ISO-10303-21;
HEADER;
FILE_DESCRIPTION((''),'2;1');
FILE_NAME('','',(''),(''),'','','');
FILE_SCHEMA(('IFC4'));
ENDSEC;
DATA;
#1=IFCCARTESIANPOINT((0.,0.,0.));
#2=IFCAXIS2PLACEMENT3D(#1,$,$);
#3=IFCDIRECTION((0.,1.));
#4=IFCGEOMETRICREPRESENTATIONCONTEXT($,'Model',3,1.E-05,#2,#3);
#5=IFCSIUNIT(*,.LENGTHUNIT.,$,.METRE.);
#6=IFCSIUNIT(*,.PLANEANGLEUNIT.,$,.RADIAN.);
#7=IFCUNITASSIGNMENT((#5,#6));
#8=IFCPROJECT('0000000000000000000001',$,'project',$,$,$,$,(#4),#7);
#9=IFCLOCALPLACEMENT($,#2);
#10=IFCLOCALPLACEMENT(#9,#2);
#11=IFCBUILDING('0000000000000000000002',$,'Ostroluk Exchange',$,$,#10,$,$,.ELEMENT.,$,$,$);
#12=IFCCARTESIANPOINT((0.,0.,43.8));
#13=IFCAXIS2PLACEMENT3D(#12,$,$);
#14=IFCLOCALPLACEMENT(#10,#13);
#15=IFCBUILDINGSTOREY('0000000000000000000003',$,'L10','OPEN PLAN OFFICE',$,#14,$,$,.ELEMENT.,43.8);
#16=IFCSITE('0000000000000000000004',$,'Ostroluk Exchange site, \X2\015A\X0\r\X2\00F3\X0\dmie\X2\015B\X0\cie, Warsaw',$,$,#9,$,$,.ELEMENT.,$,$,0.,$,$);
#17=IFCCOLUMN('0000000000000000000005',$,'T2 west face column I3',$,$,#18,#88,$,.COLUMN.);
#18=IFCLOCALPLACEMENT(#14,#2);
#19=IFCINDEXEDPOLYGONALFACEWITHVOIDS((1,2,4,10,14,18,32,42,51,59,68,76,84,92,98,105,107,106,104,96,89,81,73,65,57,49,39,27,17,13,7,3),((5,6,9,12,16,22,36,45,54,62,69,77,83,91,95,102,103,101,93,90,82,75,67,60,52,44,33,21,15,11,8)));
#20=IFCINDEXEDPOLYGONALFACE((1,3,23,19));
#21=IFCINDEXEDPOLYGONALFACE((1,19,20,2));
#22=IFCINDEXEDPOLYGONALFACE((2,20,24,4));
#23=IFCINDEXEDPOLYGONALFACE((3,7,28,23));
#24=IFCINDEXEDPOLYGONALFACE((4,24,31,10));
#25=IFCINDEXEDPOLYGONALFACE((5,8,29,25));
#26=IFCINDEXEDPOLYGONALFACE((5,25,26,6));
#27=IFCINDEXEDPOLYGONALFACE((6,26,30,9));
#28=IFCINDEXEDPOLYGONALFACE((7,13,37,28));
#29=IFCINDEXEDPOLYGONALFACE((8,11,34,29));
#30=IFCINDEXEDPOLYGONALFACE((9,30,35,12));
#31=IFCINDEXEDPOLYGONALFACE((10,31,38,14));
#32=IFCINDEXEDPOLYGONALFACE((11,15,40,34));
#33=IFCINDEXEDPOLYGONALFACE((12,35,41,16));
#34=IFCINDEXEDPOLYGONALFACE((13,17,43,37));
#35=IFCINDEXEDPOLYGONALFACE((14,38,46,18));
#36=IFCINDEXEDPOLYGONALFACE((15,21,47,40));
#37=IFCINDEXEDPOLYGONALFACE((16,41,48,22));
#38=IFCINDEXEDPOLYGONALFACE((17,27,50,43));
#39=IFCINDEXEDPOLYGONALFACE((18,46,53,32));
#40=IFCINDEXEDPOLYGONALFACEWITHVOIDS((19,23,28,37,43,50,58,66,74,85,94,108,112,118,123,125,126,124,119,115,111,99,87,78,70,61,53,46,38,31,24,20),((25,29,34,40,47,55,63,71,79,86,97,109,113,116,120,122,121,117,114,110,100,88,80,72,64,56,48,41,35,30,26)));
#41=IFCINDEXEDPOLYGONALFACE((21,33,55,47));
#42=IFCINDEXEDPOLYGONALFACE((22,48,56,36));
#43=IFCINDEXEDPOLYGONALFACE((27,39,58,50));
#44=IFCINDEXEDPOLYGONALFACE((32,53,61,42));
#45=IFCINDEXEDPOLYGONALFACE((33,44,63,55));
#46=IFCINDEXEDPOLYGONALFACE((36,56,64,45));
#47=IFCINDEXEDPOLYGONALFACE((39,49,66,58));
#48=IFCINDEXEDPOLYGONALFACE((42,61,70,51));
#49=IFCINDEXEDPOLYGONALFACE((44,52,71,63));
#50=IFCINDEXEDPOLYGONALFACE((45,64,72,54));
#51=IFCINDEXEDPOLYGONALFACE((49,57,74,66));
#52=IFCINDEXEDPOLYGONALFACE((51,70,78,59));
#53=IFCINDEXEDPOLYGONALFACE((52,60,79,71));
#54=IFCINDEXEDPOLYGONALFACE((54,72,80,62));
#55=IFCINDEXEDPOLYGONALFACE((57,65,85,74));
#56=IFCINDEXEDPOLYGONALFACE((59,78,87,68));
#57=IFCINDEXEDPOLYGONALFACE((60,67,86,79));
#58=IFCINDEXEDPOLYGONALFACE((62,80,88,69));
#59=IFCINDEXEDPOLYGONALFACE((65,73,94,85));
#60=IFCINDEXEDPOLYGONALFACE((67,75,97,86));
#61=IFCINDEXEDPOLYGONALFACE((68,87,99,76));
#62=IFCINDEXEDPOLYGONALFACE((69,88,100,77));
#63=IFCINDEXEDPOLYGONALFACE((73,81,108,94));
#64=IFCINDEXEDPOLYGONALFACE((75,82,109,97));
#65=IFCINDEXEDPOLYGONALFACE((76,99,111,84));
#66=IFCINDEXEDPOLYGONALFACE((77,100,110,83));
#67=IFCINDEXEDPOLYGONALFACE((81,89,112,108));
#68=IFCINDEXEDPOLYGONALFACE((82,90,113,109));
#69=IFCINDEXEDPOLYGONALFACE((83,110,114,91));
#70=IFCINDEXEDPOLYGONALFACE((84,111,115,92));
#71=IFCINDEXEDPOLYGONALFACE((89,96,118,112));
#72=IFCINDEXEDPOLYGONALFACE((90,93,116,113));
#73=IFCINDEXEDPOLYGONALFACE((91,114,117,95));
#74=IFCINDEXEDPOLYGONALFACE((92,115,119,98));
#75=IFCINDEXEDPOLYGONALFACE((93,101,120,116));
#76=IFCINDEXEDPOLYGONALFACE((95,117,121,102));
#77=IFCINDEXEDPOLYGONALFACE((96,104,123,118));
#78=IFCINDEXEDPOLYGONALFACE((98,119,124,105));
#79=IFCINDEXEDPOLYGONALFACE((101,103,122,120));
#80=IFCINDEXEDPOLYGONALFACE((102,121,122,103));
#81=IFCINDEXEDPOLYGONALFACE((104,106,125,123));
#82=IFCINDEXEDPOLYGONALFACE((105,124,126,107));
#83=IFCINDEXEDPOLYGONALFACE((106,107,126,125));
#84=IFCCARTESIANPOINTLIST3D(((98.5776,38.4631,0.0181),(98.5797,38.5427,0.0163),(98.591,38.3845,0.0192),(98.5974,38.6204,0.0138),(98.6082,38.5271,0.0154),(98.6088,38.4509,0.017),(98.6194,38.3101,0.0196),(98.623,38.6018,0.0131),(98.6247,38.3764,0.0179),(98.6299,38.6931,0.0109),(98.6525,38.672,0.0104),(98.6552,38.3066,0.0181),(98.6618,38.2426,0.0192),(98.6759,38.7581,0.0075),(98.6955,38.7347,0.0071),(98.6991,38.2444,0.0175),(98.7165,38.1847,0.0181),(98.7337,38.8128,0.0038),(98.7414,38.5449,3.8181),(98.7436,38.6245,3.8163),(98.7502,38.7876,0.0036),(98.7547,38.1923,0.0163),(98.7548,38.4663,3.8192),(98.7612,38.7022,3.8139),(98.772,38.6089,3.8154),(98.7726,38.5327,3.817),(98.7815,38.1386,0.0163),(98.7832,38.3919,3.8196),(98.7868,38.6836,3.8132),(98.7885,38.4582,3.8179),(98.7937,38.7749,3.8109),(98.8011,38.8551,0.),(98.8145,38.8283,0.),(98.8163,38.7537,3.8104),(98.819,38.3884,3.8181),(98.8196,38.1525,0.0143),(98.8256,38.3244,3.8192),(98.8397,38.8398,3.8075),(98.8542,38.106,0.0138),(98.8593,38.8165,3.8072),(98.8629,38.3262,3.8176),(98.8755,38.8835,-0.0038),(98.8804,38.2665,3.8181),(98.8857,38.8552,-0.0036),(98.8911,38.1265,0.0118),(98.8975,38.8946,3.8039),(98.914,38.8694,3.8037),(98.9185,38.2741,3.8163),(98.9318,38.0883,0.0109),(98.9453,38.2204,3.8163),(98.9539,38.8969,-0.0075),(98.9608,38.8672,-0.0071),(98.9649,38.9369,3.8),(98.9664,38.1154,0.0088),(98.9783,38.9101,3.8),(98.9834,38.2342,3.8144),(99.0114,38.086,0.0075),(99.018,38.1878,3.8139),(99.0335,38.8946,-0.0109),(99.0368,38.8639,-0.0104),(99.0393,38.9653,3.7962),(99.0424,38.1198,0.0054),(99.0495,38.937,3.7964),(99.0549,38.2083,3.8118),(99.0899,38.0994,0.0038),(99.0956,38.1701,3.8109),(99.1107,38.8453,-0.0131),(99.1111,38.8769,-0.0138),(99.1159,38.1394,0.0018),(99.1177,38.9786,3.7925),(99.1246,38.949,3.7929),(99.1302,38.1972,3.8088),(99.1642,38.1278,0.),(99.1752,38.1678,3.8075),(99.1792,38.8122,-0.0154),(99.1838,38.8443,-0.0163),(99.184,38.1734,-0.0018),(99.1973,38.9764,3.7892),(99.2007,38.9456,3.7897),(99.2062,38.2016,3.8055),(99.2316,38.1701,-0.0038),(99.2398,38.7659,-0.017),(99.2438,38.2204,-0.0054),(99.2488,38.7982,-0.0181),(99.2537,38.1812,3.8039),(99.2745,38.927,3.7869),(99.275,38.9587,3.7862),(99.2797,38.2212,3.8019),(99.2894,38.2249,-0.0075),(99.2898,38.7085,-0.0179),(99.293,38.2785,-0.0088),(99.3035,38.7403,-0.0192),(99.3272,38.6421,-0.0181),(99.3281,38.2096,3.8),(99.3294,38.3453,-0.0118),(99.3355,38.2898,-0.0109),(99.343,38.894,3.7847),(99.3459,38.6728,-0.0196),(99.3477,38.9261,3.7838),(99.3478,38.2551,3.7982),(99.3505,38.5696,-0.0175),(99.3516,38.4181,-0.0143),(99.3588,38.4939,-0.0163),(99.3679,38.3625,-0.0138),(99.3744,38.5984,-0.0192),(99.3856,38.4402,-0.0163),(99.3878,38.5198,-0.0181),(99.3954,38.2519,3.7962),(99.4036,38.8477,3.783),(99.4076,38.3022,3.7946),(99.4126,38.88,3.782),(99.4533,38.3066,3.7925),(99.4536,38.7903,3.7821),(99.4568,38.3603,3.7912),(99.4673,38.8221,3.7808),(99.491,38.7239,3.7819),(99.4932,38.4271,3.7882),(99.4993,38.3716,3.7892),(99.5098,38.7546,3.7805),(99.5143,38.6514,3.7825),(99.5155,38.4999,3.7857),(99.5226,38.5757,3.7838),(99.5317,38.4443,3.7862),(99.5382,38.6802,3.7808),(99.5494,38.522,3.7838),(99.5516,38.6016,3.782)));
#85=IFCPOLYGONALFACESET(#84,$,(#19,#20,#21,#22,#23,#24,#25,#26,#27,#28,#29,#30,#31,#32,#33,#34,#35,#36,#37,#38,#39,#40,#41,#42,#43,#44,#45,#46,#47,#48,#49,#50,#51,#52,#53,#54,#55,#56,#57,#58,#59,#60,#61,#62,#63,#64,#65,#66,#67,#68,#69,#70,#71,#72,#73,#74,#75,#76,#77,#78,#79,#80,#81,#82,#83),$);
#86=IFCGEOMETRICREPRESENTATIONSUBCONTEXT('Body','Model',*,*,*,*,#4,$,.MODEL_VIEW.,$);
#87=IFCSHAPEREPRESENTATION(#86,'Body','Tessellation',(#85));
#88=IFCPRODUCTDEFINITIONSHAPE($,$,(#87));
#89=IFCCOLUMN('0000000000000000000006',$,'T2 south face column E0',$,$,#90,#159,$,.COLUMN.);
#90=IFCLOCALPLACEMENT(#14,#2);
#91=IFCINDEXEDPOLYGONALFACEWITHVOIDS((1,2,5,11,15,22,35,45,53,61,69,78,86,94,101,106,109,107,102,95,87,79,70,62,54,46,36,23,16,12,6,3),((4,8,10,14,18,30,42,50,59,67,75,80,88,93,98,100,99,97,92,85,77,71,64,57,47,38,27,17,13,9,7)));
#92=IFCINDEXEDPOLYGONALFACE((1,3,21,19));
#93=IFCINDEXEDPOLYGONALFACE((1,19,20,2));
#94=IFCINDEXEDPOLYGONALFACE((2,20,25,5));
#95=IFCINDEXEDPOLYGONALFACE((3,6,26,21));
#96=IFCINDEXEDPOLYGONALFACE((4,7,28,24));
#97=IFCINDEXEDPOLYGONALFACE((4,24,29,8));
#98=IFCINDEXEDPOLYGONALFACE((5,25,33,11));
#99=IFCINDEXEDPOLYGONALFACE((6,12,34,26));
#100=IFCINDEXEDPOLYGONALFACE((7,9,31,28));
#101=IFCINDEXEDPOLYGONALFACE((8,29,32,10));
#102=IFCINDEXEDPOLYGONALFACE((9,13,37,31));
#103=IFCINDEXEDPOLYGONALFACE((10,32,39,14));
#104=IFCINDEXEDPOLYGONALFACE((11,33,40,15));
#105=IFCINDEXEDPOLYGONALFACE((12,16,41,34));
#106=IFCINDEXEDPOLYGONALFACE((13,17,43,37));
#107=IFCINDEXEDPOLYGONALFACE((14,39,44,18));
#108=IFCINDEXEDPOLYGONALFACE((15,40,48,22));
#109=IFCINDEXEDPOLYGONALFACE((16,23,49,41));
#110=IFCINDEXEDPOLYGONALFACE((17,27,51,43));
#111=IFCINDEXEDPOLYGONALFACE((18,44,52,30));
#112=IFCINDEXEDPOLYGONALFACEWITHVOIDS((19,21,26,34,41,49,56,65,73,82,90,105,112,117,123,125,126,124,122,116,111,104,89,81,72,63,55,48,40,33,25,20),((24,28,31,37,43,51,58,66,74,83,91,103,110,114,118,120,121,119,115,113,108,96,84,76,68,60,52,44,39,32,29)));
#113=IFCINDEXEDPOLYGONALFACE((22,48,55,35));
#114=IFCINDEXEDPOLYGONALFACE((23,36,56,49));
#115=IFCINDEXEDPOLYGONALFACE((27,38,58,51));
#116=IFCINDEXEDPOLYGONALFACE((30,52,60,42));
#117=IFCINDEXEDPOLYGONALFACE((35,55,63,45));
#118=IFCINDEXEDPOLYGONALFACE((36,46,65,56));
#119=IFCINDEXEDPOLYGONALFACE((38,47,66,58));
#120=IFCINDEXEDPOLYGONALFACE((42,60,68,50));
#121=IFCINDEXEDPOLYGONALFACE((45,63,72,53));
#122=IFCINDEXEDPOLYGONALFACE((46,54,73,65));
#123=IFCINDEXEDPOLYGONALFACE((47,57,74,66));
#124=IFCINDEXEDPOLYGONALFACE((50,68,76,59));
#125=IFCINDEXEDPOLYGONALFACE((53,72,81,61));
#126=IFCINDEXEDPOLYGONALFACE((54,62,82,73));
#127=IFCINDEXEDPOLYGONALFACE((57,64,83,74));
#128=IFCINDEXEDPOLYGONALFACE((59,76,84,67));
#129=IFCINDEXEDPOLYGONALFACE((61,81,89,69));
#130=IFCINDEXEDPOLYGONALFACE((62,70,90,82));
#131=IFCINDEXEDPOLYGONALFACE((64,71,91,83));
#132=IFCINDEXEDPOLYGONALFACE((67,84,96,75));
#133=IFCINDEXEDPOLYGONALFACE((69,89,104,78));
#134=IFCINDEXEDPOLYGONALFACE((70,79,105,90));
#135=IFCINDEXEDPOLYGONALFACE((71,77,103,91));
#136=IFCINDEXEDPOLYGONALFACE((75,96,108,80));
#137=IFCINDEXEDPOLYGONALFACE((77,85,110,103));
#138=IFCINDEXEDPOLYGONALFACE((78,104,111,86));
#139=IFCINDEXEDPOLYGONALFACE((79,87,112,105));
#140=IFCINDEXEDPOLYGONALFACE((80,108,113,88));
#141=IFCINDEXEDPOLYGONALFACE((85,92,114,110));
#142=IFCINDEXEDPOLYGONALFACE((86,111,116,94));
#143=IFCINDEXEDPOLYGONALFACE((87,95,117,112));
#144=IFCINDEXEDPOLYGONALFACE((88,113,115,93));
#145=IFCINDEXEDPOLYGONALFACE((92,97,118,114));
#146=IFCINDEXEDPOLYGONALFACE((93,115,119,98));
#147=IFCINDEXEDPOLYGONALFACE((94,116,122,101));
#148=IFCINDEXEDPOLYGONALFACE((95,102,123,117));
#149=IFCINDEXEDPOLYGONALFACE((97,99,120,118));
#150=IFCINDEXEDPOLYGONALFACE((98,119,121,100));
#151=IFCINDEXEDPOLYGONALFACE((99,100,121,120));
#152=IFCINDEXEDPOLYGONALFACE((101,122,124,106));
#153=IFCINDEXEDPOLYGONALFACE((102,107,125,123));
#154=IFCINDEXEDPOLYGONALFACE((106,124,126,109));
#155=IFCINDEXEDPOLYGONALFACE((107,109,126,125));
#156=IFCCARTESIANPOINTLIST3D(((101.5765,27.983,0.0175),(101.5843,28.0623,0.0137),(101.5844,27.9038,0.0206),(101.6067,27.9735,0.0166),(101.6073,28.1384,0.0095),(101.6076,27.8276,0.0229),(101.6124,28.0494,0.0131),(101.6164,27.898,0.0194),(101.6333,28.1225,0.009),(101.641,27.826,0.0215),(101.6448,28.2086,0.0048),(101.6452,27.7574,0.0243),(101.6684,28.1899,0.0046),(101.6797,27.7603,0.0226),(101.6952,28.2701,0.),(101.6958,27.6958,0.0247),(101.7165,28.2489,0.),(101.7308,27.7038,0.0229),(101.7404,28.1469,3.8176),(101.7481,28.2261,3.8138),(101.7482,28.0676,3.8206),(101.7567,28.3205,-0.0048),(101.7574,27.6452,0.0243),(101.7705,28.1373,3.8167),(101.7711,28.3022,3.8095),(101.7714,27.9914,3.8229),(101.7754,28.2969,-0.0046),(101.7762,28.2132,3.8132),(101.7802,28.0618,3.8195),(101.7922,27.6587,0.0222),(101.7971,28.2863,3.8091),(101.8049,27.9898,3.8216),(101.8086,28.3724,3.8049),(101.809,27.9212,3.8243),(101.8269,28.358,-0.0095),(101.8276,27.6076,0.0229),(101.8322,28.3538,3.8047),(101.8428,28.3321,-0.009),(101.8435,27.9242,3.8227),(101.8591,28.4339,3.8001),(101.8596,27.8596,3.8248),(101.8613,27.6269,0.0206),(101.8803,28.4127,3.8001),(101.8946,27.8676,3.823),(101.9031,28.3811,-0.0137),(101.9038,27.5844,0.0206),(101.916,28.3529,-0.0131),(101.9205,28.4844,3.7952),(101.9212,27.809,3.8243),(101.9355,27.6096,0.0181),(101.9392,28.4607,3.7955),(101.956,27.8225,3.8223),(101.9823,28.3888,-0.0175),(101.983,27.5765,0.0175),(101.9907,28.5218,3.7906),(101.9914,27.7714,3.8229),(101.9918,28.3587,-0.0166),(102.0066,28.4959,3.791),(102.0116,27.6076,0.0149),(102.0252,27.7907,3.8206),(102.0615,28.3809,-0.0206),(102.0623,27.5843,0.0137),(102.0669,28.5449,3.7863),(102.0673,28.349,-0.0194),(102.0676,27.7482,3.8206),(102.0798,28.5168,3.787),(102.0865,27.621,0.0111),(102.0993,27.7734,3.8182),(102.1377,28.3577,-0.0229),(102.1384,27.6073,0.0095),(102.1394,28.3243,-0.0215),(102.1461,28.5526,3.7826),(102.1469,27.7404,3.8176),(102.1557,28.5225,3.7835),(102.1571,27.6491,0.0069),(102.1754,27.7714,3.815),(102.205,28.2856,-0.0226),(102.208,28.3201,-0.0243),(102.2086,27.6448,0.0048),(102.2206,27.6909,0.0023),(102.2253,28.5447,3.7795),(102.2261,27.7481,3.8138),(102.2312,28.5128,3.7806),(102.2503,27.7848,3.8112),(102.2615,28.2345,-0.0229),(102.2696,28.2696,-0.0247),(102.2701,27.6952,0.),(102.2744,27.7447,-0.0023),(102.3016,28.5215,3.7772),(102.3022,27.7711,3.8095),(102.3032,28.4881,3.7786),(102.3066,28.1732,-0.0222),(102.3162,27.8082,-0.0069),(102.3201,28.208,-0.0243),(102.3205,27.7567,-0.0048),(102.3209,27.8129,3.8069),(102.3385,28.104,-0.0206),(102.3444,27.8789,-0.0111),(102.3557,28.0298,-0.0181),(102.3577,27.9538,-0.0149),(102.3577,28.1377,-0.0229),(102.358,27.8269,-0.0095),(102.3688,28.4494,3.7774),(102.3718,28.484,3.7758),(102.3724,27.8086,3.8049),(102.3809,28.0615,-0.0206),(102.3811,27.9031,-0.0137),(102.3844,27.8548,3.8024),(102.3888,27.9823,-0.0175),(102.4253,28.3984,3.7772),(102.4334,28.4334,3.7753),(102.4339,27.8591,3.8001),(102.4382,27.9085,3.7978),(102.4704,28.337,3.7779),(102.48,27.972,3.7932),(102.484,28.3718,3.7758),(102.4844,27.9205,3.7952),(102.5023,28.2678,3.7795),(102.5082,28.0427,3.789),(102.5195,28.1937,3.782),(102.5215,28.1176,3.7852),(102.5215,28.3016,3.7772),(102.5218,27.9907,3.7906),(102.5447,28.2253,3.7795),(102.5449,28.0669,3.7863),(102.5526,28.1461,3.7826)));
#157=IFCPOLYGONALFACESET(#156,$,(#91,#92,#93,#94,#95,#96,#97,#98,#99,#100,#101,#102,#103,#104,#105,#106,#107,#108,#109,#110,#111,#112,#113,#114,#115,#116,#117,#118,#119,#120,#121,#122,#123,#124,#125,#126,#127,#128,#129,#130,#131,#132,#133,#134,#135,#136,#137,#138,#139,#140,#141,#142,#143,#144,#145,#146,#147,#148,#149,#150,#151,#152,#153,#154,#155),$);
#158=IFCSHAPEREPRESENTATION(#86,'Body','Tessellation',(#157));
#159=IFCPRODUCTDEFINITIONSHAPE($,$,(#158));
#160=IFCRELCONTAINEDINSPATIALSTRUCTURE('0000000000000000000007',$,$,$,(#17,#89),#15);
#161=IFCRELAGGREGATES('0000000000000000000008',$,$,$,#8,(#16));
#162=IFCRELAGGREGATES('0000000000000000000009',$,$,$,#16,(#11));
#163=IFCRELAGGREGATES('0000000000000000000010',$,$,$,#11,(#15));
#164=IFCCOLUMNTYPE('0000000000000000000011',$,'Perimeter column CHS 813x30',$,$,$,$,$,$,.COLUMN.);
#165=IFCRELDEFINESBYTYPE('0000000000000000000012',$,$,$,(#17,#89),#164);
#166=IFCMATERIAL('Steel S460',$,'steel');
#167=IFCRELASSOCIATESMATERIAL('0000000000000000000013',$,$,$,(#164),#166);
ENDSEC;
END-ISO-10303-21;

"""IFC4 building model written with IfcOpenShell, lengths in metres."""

from ifc_helpers import new_model, si_unit, direction, frame, origin, origin_2d, place, context, subcontext, project, spatial, hollow_circle, extrude, material, material_profile, profile_set, type_object, element, save


model = new_model("IFC4")

# Units and contexts
model_context = context("Model", 3, precision=1e-05, world=origin(), true_north=direction((0.0, 1.0)))
body_context = subcontext(model_context, "Body", "Model", "MODEL_VIEW")
ifc_project = project(units=[si_unit("LENGTHUNIT", "METRE"), si_unit("PLANEANGLEUNIT", "RADIAN")], contexts=[model_context])

# Site, building, storey
site_placement = place(None, origin())
site = spatial("IfcSite", under=ifc_project, at=site_placement, Name="Ostroluk Exchange site, Śródmieście, Warsaw", CompositionType="ELEMENT", RefElevation=0.0)
building_placement = place(site_placement, origin())
building = spatial("IfcBuilding", under=site, at=building_placement, Name="Ostroluk Exchange", CompositionType="ELEMENT")
storey_placement = place(building_placement, frame((0.0, 0.0, 43.8)))
storey = spatial("IfcBuildingStorey", under=building, at=storey_placement, Name="L10", Description="OPEN PLAN OFFICE", CompositionType="ELEMENT", Elevation=43.8)

# Columns
ifc_material_1 = material(Name="Steel S460", Category="steel")
ifc_material_profile_1 = material_profile(ifc_material_1, hollow_circle(Radius=0.4065, WallThickness=0.03, at=origin_2d()), Name="CHS 813x30")
ifc_profile_set_1 = profile_set([ifc_material_profile_1], Name="Steel S460")
column_type = type_object("IfcColumnType", Name="Perimeter column CHS 813x30", PredefinedType="COLUMN", material=ifc_profile_set_1)
column_1_placement = place(storey_placement, frame((98.9827, 38.4915, 0.0), z_axis=(0.04306, 0.021498, 0.998841), x_axis=(-0.44668, 0.894694, 0.0)))
element("IfcColumn", 1, at=column_1_placement, inside=storey, type_object=column_type, Name="T2 west face column I3", PredefinedType="COLUMN", context=body_context, shape_type="SweptSolid", body=[
    extrude(hollow_circle(Radius=0.4065, WallThickness=0.03, at=origin_2d()), origin(), (0.0, 0.0, 1.0), 3.8044),
])
column_2_placement = place(storey_placement, frame((101.9827, 27.9827, 0.0), z_axis=(0.04303, 0.04303, 0.998147), x_axis=(-0.707107, 0.707107, 0.0)))
element("IfcColumn", 2, at=column_2_placement, inside=storey, type_object=column_type, Name="T2 south face column E0", PredefinedType="COLUMN", context=body_context, shape_type="SweptSolid", body=[
    extrude(hollow_circle(Radius=0.4065, WallThickness=0.03, at=origin_2d()), origin(), (0.0, 0.0, 1.0), 3.8071),
])

save(model, "model.ifc")
